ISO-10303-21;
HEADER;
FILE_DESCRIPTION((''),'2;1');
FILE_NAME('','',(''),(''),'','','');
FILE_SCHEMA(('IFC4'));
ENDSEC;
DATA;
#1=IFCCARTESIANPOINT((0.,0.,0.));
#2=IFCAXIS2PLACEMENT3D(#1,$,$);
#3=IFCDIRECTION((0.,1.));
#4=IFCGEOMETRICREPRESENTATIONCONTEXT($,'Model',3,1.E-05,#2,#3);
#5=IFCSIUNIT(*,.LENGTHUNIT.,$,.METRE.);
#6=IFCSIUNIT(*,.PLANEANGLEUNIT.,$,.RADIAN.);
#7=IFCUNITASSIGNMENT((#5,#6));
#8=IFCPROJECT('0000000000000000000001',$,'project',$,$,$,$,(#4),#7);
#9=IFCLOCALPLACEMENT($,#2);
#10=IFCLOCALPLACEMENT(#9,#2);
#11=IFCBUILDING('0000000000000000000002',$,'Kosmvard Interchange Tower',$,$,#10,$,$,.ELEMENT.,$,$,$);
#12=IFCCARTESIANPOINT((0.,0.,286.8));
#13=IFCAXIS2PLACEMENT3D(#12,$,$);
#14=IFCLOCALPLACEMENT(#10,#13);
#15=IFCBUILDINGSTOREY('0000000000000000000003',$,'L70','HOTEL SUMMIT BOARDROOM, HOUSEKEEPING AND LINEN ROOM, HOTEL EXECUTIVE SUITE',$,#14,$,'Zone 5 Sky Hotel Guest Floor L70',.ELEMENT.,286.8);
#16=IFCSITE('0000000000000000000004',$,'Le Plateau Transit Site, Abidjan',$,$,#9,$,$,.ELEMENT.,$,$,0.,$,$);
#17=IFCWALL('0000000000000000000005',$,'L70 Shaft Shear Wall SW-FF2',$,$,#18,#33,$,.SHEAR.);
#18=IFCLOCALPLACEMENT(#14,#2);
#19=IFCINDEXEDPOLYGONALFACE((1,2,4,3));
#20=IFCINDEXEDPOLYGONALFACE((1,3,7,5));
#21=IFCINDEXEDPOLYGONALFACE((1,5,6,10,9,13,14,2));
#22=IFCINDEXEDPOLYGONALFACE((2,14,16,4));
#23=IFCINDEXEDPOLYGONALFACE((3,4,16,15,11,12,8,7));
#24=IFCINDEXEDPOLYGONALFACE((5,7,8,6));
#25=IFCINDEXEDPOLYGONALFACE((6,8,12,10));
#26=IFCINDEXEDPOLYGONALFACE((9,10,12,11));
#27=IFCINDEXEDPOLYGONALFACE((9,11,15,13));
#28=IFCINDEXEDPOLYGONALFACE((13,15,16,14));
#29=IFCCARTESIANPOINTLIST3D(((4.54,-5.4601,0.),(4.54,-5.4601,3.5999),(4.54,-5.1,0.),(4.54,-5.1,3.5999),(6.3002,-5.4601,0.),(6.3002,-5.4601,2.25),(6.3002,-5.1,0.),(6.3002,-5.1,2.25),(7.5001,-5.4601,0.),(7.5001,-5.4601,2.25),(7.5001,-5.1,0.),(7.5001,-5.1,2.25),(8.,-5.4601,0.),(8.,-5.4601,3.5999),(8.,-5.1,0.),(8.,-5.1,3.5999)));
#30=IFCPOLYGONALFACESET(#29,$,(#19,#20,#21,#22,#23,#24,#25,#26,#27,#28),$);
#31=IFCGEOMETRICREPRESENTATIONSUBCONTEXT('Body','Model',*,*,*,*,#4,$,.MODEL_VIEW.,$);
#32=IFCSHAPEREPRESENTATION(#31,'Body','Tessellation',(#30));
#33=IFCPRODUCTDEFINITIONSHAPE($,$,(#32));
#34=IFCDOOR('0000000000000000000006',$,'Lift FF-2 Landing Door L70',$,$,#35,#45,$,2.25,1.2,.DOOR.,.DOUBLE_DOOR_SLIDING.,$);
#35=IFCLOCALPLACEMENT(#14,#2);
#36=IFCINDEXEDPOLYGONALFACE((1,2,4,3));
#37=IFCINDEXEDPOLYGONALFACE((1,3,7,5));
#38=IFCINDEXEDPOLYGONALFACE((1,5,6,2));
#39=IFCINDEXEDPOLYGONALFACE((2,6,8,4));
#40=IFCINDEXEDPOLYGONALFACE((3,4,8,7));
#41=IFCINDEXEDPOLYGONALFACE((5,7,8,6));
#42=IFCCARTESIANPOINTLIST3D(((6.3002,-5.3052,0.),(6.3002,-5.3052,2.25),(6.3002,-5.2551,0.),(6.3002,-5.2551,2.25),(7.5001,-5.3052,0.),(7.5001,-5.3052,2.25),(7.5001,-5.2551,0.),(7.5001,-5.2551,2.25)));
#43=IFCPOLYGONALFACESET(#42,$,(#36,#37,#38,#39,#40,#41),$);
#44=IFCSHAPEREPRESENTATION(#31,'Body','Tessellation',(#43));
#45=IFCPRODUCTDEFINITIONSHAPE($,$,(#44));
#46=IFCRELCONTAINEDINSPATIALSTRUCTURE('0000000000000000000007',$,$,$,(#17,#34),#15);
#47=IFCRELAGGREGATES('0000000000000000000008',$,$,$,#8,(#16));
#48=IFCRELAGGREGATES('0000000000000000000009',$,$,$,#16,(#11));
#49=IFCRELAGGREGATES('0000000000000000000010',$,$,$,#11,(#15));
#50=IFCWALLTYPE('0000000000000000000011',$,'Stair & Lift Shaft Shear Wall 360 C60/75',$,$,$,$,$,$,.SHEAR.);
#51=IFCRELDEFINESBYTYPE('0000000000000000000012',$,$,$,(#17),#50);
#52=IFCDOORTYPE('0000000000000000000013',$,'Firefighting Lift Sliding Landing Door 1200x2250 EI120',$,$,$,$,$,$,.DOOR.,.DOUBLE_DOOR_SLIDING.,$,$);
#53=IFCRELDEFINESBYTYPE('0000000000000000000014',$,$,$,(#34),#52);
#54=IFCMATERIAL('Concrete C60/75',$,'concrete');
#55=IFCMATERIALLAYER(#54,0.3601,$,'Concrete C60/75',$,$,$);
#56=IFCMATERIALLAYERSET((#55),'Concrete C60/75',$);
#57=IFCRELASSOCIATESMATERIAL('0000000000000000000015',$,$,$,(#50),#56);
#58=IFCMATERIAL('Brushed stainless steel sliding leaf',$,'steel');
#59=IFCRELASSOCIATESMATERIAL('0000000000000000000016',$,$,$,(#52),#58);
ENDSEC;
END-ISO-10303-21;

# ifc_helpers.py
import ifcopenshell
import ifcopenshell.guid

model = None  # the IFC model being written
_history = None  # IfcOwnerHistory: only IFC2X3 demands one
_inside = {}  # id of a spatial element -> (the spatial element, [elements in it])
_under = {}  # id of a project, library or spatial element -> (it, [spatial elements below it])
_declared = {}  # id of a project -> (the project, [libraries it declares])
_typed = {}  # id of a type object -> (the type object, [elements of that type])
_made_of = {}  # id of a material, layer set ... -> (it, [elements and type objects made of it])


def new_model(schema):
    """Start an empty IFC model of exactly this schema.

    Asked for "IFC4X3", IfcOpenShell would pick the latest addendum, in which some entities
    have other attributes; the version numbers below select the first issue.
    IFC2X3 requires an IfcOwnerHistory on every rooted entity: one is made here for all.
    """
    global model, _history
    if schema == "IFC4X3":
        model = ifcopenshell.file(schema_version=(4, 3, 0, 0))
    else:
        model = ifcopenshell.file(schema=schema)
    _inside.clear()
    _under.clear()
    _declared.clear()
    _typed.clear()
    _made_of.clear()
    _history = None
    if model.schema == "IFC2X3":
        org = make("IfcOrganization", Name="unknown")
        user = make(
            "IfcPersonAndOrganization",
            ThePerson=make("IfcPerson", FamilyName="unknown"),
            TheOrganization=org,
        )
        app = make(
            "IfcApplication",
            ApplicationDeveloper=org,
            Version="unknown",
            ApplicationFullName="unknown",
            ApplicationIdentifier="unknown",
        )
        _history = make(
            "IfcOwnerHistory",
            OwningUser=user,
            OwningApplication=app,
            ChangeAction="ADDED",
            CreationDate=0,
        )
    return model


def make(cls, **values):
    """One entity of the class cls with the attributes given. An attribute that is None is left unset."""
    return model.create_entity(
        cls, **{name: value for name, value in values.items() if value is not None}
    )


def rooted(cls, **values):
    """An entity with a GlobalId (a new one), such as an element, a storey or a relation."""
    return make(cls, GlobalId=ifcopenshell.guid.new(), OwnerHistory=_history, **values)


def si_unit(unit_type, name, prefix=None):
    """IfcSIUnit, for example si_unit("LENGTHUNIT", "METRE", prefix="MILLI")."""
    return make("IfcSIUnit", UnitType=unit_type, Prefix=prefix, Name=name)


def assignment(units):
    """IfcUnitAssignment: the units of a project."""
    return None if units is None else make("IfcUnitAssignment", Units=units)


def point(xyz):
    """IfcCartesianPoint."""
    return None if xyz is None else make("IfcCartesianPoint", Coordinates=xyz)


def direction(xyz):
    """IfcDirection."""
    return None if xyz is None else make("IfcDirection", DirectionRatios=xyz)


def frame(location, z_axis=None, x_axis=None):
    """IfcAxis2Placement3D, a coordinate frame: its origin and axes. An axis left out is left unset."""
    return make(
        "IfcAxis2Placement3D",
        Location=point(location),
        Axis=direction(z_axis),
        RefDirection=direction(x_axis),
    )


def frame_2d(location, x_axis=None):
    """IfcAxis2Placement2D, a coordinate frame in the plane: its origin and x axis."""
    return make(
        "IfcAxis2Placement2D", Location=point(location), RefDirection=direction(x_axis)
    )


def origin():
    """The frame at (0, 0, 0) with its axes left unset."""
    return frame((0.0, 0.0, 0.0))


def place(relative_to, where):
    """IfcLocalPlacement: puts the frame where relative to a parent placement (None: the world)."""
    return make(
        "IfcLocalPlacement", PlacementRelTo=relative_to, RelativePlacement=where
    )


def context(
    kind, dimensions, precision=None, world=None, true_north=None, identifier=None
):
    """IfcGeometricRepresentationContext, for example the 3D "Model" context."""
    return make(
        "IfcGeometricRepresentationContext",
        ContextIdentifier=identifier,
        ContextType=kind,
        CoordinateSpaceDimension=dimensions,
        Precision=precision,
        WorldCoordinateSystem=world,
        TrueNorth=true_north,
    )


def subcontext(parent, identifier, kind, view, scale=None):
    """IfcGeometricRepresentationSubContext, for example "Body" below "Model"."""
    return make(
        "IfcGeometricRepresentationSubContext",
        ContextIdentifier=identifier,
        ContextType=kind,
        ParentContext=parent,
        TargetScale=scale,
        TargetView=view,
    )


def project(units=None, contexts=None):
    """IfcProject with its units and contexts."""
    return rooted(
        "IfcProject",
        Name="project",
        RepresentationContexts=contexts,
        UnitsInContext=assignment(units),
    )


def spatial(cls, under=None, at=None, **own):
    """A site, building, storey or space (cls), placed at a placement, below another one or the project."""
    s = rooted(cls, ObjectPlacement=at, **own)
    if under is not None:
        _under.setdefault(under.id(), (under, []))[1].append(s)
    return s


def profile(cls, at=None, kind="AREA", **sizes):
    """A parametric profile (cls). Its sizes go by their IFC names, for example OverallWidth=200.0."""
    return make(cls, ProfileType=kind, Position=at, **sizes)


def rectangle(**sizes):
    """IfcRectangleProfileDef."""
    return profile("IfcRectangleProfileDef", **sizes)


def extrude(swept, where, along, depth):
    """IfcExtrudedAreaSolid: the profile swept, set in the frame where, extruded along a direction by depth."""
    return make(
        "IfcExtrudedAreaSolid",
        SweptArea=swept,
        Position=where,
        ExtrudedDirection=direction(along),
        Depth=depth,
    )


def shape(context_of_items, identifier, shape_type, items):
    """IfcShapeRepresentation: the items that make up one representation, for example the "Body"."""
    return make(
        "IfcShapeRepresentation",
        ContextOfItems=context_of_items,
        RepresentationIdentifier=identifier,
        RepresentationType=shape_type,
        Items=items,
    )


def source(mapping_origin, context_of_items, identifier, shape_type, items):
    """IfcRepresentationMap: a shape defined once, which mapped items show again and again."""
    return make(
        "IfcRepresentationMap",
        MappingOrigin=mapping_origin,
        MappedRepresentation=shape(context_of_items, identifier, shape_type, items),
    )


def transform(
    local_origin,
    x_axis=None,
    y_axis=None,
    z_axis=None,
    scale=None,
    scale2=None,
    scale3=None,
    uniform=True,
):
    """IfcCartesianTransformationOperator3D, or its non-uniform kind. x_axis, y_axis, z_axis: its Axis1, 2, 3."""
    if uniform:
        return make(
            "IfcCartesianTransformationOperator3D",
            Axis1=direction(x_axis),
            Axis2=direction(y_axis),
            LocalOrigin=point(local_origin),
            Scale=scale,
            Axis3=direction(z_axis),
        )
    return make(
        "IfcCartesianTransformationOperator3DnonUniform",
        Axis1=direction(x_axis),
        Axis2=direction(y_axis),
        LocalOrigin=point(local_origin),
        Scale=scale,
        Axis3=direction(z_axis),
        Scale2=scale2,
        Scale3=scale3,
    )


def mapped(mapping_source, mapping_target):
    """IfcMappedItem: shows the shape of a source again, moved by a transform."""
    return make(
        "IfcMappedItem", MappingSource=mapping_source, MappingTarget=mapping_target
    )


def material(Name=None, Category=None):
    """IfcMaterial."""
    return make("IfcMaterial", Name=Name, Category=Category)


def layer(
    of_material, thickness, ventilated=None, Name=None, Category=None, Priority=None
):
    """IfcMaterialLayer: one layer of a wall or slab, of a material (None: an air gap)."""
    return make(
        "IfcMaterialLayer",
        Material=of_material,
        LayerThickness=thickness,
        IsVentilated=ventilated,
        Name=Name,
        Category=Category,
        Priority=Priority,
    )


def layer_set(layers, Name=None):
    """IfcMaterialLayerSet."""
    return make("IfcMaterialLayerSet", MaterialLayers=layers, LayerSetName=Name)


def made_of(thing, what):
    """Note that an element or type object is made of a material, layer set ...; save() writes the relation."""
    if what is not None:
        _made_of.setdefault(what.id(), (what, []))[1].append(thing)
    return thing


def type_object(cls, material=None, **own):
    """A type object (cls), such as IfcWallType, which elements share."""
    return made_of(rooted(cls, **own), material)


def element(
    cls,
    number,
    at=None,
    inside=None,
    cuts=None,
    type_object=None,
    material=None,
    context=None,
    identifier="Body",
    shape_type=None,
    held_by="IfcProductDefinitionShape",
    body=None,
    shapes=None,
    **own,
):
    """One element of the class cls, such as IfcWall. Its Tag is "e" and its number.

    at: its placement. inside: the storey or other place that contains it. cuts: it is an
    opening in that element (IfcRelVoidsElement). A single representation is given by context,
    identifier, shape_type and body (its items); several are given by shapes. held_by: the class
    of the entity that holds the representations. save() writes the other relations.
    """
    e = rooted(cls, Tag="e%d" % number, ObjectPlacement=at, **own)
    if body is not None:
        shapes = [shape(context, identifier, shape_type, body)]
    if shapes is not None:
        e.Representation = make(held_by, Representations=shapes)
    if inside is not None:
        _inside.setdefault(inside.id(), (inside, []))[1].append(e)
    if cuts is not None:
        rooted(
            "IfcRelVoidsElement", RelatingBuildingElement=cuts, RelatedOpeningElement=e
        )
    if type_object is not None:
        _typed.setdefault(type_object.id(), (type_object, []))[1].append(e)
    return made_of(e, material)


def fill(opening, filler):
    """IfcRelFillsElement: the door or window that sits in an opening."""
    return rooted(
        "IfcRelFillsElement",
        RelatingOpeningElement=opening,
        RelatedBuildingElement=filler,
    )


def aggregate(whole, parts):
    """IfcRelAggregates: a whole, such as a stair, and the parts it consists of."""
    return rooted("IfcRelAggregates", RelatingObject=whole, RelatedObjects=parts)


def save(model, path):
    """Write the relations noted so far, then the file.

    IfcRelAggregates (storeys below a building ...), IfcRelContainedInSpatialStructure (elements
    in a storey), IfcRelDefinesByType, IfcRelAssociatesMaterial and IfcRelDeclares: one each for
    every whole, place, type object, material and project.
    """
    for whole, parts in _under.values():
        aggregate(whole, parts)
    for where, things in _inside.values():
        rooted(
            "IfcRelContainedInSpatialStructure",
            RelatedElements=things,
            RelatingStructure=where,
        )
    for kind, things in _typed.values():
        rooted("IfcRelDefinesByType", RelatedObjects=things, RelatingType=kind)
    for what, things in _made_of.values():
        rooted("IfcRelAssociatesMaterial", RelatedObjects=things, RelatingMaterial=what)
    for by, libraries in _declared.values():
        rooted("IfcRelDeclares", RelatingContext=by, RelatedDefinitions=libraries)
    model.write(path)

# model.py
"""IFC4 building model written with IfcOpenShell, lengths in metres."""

from ifc_helpers import new_model, si_unit, direction, frame, frame_2d, origin, place, context, subcontext, project, spatial, rectangle, extrude, source, transform, mapped, material, layer, layer_set, type_object, element, fill, save


model = new_model("IFC4")

# Units and contexts
model_context = context("Model", 3, precision=1e-05, world=origin(), true_north=direction((0.0, 1.0)))
body_context = subcontext(model_context, "Body", "Model", "MODEL_VIEW")
ifc_project = project(units=[si_unit("LENGTHUNIT", "METRE"), si_unit("PLANEANGLEUNIT", "RADIAN")], contexts=[model_context])

# Site, building, storey
site_placement = place(None, origin())
site = spatial("IfcSite", under=ifc_project, at=site_placement, Name="Le Plateau Transit Site, Abidjan", CompositionType="ELEMENT", RefElevation=0.0)
building_placement = place(site_placement, origin())
building = spatial("IfcBuilding", under=site, at=building_placement, Name="Kosmvard Interchange Tower", CompositionType="ELEMENT")
storey_placement = place(building_placement, frame((0.0, 0.0, 286.8)))
storey = spatial("IfcBuildingStorey", under=building, at=storey_placement, Name="L70", Description="HOTEL SUMMIT BOARDROOM, HOUSEKEEPING AND LINEN ROOM, HOTEL EXECUTIVE SUITE", LongName="Zone 5 Sky Hotel Guest Floor L70", CompositionType="ELEMENT", Elevation=286.8)

# Shared definitions
ifc_material_1 = material(Name="Brushed stainless steel sliding leaf", Category="steel")

# Shared definitions
ifc_material_2 = material(Name="Concrete C60/75", Category="concrete")
ifc_layer_1 = layer(ifc_material_2, 0.3601, Name="Concrete C60/75")
ifc_layer_set_1 = layer_set([ifc_layer_1], Name="Concrete C60/75")
wall_type_1 = type_object("IfcWallType", Name="Stair & Lift Shaft Shear Wall 360 C60/75", PredefinedType="SHEAR", material=ifc_layer_set_1)

# Wall, opening, door
wall_1_placement = place(storey_placement, frame((4.54, -5.28, 0.0), z_axis=(0.0, 0.0, 1.0), x_axis=(1.0, 0.0, 0.0)))
wall_1 = element("IfcWall", 1, at=wall_1_placement, inside=storey, type_object=wall_type_1, Name="L70 Shaft Shear Wall SW-FF2", PredefinedType="SHEAR", context=body_context, shape_type="SweptSolid", body=[
    extrude(rectangle(XDim=3.46, YDim=0.3601, at=frame_2d((1.73, 0.0))), origin(), (0.0, 0.0, 1.0), 3.5999),
])
opening_1_placement = place(wall_1_placement, frame((1.76, 0.0, 0.0)))
opening_1 = element("IfcOpeningElement", 2, at=opening_1_placement, cuts=wall_1, PredefinedType="OPENING", context=body_context, shape_type="SweptSolid", body=[
    extrude(rectangle(XDim=1.2, YDim=2.25, at=frame_2d((0.6001, 1.125))), frame((0.0, 0.1899, 0.0), z_axis=(0.0, -1.0, 0.0), x_axis=(1.0, 0.0, 0.0)), (0.0, 0.0, 1.0), 0.3801),
])
door_type_1 = type_object("IfcDoorType", Name="Firefighting Lift Sliding Landing Door 1200x2250 EI120", OperationType="DOUBLE_DOOR_SLIDING", PredefinedType="DOOR", material=ifc_material_1)
shared_shape_1 = source(origin(), body_context, "Body", "SweptSolid", [
    extrude(rectangle(XDim=1.2, YDim=2.25, at=frame_2d((0.6001, 1.125))), frame((0.0, 0.0249, 0.0), z_axis=(0.0, -1.0, 0.0), x_axis=(1.0, 0.0, 0.0)), (0.0, 0.0, 1.0), 0.05),
])
door_1_placement = place(opening_1_placement, origin())
door_1 = element("IfcDoor", 3, at=door_1_placement, inside=storey, type_object=door_type_1, Name="Lift FF-2 Landing Door L70", OperationType="DOUBLE_DOOR_SLIDING", OverallHeight=2.25, OverallWidth=1.2, PredefinedType="DOOR", context=body_context, shape_type="MappedRepresentation", body=[
    mapped(shared_shape_1, transform((0.0, 0.0, 0.0), scale=1.0)),
])
fill(opening_1, door_1)

save(model, "model.ifc")
